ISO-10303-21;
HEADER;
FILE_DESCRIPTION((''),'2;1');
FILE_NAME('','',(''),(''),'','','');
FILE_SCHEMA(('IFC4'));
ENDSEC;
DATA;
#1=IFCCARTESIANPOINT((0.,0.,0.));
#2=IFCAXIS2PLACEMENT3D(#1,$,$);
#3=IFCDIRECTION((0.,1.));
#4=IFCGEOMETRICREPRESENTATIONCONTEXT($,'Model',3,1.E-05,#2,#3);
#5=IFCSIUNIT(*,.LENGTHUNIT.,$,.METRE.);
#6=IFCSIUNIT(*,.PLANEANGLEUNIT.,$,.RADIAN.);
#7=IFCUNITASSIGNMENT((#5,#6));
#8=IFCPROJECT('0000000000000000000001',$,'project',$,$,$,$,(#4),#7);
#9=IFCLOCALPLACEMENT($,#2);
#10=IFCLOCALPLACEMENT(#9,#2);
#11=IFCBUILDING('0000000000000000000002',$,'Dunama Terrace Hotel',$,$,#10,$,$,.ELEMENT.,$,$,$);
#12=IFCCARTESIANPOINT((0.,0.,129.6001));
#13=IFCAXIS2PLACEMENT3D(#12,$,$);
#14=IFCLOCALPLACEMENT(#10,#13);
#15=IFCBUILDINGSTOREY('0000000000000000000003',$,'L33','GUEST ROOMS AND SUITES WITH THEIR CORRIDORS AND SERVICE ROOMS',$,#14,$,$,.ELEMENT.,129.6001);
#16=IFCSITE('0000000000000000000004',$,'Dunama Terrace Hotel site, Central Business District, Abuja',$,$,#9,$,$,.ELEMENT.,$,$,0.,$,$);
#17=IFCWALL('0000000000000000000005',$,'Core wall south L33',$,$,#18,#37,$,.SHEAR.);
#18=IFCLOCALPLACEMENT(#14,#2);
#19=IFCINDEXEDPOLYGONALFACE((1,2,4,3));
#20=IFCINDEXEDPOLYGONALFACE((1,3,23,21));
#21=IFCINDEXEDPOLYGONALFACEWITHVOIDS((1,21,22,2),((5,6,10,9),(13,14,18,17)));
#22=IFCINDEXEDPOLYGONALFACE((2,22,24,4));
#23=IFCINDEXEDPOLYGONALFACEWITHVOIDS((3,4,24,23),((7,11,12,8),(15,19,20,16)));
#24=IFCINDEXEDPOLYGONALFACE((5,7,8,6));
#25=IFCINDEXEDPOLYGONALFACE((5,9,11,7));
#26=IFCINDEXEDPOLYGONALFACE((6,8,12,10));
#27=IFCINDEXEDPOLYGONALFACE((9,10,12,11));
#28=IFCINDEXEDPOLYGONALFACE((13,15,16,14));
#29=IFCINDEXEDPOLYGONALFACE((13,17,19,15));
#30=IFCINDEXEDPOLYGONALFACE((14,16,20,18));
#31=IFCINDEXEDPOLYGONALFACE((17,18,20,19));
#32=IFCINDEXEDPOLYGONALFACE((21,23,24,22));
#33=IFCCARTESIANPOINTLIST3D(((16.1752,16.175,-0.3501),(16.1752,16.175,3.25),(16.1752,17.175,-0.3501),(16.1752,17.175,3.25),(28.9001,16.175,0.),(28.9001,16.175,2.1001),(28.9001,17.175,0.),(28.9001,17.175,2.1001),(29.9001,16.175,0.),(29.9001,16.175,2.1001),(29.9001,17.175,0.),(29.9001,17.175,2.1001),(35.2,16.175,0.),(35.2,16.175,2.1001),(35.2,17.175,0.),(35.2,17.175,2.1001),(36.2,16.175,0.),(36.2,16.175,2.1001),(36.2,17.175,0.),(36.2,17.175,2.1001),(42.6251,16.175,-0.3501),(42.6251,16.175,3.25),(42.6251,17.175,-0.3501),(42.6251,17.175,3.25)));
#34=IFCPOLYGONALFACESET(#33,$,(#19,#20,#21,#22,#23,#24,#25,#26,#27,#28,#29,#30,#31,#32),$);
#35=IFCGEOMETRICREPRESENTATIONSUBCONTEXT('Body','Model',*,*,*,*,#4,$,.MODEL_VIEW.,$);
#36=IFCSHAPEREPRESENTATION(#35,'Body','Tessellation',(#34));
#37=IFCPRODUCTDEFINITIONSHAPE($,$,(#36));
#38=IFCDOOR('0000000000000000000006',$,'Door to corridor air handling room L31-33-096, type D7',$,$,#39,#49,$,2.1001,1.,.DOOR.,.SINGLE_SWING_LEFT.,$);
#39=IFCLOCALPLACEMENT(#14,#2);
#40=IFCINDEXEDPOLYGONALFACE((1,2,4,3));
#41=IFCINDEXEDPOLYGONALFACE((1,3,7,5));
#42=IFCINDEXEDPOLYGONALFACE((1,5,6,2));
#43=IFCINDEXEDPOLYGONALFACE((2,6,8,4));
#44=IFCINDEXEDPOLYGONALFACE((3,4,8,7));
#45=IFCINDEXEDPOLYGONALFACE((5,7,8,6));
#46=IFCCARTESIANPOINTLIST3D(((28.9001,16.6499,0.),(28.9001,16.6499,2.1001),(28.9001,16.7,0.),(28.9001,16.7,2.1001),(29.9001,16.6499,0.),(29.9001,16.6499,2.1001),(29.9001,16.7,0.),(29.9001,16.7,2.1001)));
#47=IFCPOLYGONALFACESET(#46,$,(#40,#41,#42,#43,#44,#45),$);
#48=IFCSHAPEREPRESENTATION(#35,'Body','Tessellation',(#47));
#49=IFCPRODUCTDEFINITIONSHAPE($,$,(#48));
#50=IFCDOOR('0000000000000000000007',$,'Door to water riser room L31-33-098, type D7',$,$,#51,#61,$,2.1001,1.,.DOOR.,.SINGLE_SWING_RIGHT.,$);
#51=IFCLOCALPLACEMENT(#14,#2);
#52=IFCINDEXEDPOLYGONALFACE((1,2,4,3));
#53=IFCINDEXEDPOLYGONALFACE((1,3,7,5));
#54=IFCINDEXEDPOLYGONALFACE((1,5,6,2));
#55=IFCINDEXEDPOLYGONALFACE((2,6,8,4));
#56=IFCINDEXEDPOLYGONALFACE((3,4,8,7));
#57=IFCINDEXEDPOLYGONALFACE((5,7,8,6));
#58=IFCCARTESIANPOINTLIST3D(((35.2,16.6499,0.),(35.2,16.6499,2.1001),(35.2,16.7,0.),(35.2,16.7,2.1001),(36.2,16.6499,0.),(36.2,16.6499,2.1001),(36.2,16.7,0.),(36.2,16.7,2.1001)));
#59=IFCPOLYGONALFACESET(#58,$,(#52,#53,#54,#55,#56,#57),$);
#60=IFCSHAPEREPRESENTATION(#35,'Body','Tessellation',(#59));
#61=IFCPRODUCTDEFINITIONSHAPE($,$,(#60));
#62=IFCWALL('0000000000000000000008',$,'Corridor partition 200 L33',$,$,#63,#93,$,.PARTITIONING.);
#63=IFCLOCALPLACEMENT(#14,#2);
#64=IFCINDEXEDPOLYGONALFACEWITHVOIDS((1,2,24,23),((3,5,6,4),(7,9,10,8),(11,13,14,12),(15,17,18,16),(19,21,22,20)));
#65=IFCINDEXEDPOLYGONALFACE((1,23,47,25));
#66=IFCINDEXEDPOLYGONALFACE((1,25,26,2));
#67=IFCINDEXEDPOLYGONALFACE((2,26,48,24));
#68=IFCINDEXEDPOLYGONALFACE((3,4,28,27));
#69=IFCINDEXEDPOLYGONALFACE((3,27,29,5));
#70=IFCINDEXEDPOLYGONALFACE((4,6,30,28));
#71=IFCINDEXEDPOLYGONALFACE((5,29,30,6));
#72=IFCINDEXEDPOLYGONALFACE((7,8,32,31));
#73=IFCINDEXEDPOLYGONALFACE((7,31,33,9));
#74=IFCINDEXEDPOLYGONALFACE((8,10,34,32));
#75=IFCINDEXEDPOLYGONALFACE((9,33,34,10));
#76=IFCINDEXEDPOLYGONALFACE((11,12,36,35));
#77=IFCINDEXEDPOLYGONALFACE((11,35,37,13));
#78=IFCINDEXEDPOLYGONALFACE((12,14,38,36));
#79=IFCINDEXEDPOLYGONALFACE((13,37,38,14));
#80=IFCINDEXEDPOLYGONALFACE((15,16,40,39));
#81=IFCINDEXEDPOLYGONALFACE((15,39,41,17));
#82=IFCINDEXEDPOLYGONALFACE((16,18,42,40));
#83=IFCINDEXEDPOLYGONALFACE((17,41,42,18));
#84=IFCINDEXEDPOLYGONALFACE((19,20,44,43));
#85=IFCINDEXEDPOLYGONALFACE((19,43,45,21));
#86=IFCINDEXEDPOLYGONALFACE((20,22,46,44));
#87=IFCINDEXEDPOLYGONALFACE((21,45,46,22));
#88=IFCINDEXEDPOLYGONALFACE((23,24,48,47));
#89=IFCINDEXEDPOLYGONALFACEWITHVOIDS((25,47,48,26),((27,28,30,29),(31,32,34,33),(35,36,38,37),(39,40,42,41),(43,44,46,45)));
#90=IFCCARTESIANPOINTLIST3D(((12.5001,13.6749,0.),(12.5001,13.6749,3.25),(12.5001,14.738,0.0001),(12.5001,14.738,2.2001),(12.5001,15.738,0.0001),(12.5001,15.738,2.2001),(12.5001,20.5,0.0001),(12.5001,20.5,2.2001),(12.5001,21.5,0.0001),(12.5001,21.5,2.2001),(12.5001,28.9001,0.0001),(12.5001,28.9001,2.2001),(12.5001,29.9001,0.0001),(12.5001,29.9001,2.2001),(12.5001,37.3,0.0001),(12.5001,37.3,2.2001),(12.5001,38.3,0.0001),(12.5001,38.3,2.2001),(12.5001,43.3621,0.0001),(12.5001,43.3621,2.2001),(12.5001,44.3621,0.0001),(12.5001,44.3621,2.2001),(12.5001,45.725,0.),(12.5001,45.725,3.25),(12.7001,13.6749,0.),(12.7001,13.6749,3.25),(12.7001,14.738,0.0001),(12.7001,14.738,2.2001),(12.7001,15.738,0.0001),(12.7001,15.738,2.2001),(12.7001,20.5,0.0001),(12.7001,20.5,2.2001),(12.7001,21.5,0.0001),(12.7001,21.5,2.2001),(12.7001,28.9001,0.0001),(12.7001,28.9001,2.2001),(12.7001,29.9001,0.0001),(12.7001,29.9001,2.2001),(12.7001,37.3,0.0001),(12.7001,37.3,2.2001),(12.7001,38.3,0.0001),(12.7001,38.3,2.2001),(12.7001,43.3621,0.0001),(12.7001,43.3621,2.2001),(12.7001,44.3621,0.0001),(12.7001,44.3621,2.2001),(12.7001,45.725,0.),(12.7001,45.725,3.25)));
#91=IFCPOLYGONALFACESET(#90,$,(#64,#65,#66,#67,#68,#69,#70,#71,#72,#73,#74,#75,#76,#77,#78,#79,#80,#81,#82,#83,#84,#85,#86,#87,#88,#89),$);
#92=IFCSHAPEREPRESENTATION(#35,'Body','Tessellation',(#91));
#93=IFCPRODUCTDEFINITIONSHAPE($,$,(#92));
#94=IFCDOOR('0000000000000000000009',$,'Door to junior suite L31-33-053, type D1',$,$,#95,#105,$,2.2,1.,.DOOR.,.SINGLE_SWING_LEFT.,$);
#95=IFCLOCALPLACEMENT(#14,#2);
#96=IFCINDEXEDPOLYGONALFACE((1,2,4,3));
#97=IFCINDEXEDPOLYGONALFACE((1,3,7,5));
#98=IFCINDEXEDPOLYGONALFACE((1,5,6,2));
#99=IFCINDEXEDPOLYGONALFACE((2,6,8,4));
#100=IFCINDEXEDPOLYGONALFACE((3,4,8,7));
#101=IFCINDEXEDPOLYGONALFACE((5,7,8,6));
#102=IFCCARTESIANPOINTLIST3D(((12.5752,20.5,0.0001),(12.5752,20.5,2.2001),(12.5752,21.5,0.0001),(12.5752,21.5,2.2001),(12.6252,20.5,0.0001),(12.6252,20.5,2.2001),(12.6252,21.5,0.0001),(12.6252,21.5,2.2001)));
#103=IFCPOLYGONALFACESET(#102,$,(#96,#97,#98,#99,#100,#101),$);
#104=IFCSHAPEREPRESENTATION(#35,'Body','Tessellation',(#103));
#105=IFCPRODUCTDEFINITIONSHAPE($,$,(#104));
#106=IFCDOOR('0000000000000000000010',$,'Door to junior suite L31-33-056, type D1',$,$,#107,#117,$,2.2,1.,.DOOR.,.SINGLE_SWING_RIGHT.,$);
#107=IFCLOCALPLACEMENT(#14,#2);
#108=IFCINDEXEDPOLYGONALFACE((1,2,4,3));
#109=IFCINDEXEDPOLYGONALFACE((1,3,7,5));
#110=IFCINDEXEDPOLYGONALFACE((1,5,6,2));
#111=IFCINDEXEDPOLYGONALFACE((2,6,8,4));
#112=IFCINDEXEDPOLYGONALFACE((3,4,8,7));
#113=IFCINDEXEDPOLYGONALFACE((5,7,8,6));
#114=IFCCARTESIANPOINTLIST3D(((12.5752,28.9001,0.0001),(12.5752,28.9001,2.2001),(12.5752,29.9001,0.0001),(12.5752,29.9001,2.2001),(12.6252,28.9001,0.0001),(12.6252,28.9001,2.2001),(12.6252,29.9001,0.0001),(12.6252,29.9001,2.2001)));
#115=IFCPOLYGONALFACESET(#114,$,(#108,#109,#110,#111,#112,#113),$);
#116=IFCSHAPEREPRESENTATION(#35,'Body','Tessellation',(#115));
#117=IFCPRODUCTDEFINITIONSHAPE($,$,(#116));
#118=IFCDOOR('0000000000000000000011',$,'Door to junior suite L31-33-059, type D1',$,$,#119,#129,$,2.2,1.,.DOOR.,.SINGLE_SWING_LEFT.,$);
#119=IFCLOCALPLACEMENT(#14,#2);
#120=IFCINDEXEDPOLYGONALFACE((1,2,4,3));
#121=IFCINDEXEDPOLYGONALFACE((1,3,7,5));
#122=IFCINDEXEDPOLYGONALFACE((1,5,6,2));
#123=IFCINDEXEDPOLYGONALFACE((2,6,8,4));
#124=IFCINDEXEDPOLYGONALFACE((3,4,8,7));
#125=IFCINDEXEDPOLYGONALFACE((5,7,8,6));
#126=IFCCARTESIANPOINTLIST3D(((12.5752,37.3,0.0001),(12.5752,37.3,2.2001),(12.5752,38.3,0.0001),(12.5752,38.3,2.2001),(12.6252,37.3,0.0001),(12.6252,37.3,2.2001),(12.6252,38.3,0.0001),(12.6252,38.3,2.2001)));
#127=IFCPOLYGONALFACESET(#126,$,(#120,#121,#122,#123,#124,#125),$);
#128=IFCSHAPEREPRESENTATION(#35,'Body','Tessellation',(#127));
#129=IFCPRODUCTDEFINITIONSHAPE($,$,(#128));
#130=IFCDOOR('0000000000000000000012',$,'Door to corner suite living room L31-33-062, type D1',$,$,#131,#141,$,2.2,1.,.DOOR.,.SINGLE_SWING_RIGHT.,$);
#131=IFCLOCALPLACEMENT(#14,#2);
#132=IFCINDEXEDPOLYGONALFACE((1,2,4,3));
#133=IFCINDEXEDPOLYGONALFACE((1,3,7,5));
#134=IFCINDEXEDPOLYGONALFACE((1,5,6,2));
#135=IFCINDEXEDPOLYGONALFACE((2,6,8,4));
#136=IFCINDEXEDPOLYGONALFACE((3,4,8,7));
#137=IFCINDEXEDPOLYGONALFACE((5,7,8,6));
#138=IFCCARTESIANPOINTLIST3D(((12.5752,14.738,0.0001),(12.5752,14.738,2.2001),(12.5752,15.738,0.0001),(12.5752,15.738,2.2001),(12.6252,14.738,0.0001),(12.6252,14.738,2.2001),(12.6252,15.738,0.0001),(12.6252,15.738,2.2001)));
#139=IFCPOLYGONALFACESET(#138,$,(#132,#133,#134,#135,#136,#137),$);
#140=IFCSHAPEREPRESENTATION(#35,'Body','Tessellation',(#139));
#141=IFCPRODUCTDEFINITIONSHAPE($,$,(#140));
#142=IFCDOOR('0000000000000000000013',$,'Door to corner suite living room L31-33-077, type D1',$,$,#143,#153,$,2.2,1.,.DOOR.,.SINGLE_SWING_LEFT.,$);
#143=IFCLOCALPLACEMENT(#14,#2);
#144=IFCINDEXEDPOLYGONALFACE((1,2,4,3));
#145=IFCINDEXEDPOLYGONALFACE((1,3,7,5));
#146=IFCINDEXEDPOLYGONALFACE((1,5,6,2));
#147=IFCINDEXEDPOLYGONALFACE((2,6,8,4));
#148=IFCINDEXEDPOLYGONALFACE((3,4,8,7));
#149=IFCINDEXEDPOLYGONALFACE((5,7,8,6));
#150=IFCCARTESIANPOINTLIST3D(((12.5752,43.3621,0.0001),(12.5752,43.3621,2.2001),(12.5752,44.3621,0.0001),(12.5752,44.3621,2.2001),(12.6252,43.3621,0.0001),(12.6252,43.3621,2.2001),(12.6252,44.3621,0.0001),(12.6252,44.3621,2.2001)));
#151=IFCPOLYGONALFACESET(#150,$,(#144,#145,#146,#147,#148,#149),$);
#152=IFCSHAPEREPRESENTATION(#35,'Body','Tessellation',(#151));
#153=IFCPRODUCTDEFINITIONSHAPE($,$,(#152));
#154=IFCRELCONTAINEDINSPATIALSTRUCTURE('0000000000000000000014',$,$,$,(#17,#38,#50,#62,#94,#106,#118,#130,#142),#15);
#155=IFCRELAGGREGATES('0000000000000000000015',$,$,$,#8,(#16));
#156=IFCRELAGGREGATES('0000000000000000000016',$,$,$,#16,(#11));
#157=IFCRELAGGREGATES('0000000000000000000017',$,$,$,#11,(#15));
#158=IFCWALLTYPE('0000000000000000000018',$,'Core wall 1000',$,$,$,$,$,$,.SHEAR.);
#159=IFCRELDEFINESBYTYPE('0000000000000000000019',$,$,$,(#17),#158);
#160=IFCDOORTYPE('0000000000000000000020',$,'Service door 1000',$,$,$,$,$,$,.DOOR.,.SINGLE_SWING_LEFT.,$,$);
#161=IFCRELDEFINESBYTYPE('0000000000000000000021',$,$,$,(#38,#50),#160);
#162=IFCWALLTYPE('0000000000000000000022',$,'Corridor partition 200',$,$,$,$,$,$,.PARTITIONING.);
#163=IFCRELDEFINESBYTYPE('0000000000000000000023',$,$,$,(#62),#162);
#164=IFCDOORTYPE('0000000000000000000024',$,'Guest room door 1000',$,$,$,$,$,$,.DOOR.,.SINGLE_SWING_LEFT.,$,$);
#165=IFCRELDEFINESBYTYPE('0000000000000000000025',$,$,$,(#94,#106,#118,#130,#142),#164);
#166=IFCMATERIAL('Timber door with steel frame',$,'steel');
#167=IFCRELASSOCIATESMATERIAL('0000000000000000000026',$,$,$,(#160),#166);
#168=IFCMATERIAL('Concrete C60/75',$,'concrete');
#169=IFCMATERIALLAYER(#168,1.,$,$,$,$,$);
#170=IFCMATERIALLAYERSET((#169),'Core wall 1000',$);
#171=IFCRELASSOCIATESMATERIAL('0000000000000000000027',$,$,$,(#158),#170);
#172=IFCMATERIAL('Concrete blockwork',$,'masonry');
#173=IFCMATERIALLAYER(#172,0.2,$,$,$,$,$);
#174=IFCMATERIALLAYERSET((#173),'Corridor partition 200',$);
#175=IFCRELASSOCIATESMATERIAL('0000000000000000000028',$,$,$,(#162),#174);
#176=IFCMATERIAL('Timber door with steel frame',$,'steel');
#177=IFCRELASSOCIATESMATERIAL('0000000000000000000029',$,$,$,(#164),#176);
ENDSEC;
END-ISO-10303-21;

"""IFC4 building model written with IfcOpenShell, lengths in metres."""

from ifc_helpers import new_model, si_unit, direction, frame, frame_2d, origin, place, context, subcontext, project, spatial, rectangle, extrude, material, layer, layer_set, type_object, element, fill, save


model = new_model("IFC4")

# Units and contexts
model_context = context("Model", 3, precision=1e-05, world=origin(), true_north=direction((0.0, 1.0)))
body_context = subcontext(model_context, "Body", "Model", "MODEL_VIEW")
ifc_project = project(units=[si_unit("LENGTHUNIT", "METRE"), si_unit("PLANEANGLEUNIT", "RADIAN")], contexts=[model_context])

# Site, building, storey
site_placement = place(None, origin())
site = spatial("IfcSite", under=ifc_project, at=site_placement, Name="Dunama Terrace Hotel site, Central Business District, Abuja", CompositionType="ELEMENT", RefElevation=0.0)
building_placement = place(site_placement, origin())
building = spatial("IfcBuilding", under=site, at=building_placement, Name="Dunama Terrace Hotel", CompositionType="ELEMENT")
storey_placement = place(building_placement, frame((0.0, 0.0, 129.6001)))
storey = spatial("IfcBuildingStorey", under=building, at=storey_placement, Name="L33", Description="GUEST ROOMS AND SUITES WITH THEIR CORRIDORS AND SERVICE ROOMS", CompositionType="ELEMENT", Elevation=129.6001)

# Shared definitions
ifc_material_1 = material(Name="Timber door with steel frame", Category="steel")
door_type_1 = type_object("IfcDoorType", Name="Service door 1000", OperationType="SINGLE_SWING_LEFT", PredefinedType="DOOR", material=ifc_material_1)

# Walls, openings, doors
ifc_material_2 = material(Name="Concrete C60/75", Category="concrete")
ifc_layer_1 = layer(ifc_material_2, 1.0)
ifc_layer_set_1 = layer_set([ifc_layer_1], Name="Core wall 1000")
wall_type_1 = type_object("IfcWallType", Name="Core wall 1000", PredefinedType="SHEAR", material=ifc_layer_set_1)
wall_1_placement = place(storey_placement, frame((16.175, 16.675, -0.3501), z_axis=(0.0, 0.0, 1.0), x_axis=(1.0, 0.0, 0.0)))
wall_1 = element("IfcWall", 1, at=wall_1_placement, inside=storey, type_object=wall_type_1, Name="Core wall south L33", PredefinedType="SHEAR", context=body_context, shape_type="SweptSolid", body=[
    extrude(rectangle(XDim=26.45, YDim=1.0, at=frame_2d((13.2251, 0.0))), origin(), (0.0, 0.0, 1.0), 3.6001),
])
opening_1_placement = place(wall_1_placement, frame((12.7251, 0.0, 0.3501)))
opening_1 = element("IfcOpeningElement", 2, at=opening_1_placement, cuts=wall_1, PredefinedType="OPENING", context=body_context, shape_type="SweptSolid", body=[
    extrude(rectangle(XDim=1.0, YDim=2.1001, at=frame_2d((0.5, 1.05))), frame((0.0, 0.51, 0.0), z_axis=(0.0, -1.0, 0.0), x_axis=(1.0, 0.0, 0.0)), (0.0, 0.0, 1.0), 1.02),
])
opening_2_placement = place(wall_1_placement, frame((19.0249, 0.0, 0.3501)))
opening_2 = element("IfcOpeningElement", 3, at=opening_2_placement, cuts=wall_1, PredefinedType="OPENING", context=body_context, shape_type="SweptSolid", body=[
    extrude(rectangle(XDim=1.0, YDim=2.1001, at=frame_2d((0.5, 1.05))), frame((0.0, 0.51, 0.0), z_axis=(0.0, -1.0, 0.0), x_axis=(1.0, 0.0, 0.0)), (0.0, 0.0, 1.0), 1.02),
])
door_1_placement = place(opening_1_placement, origin())
door_1 = element("IfcDoor", 4, at=door_1_placement, inside=storey, type_object=door_type_1, Name="Door to corridor air handling room L31-33-096, type D7", OperationType="SINGLE_SWING_LEFT", OverallHeight=2.1001, OverallWidth=1.0, PredefinedType="DOOR", context=body_context, shape_type="SweptSolid", body=[
    extrude(rectangle(XDim=1.0, YDim=2.1001, at=frame_2d((0.5, 1.05))), frame((0.0, 0.0249, 0.0), z_axis=(0.0, -1.0, 0.0), x_axis=(1.0, 0.0, 0.0)), (0.0, 0.0, 1.0), 0.05),
])
fill(opening_1, door_1)
door_2_placement = place(opening_2_placement, origin())
door_2 = element("IfcDoor", 5, at=door_2_placement, inside=storey, type_object=door_type_1, Name="Door to water riser room L31-33-098, type D7", OperationType="SINGLE_SWING_RIGHT", OverallHeight=2.1001, OverallWidth=1.0, PredefinedType="DOOR", context=body_context, shape_type="SweptSolid", body=[
    extrude(rectangle(XDim=1.0, YDim=2.1001, at=frame_2d((0.5, 1.05))), frame((0.0, 0.0249, 0.0), z_axis=(0.0, -1.0, 0.0), x_axis=(1.0, 0.0, 0.0)), (0.0, 0.0, 1.0), 0.05),
])
fill(opening_2, door_2)
ifc_material_3 = material(Name="Concrete blockwork", Category="masonry")
ifc_layer_2 = layer(ifc_material_3, 0.2)
ifc_layer_set_2 = layer_set([ifc_layer_2], Name="Corridor partition 200")
wall_type_2 = type_object("IfcWallType", Name="Corridor partition 200", PredefinedType="PARTITIONING", material=ifc_layer_set_2)
wall_2_placement = place(storey_placement, frame((12.6001, 13.675, 0.0), z_axis=(0.0, 0.0, 1.0), x_axis=(0.0, 1.0, 0.0)))
wall_2 = element("IfcWall", 6, at=wall_2_placement, inside=storey, type_object=wall_type_2, Name="Corridor partition 200 L33", PredefinedType="PARTITIONING", context=body_context, shape_type="SweptSolid", body=[
    extrude(rectangle(XDim=32.05, YDim=0.2, at=frame_2d((16.0249, 0.0))), origin(), (0.0, 0.0, 1.0), 3.25),
])
opening_3_placement = place(wall_2_placement, frame((6.825, 0.0, 0.0)))
opening_3 = element("IfcOpeningElement", 7, at=opening_3_placement, cuts=wall_2, PredefinedType="OPENING", context=body_context, shape_type="SweptSolid", body=[
    extrude(rectangle(XDim=1.0, YDim=2.2, at=frame_2d((0.5, 1.1001))), frame((0.0, 0.1099, 0.0), z_axis=(0.0, -1.0, 0.0), x_axis=(1.0, 0.0, 0.0)), (0.0, 0.0, 1.0), 0.22),
])
opening_4_placement = place(wall_2_placement, frame((15.2251, 0.0, 0.0)))
opening_4 = element("IfcOpeningElement", 8, at=opening_4_placement, cuts=wall_2, PredefinedType="OPENING", context=body_context, shape_type="SweptSolid", body=[
    extrude(rectangle(XDim=1.0, YDim=2.2, at=frame_2d((0.5, 1.1001))), frame((0.0, 0.1099, 0.0), z_axis=(0.0, -1.0, 0.0), x_axis=(1.0, 0.0, 0.0)), (0.0, 0.0, 1.0), 0.22),
])
opening_5_placement = place(wall_2_placement, frame((23.625, 0.0, 0.0)))
opening_5 = element("IfcOpeningElement", 9, at=opening_5_placement, cuts=wall_2, PredefinedType="OPENING", context=body_context, shape_type="SweptSolid", body=[
    extrude(rectangle(XDim=1.0, YDim=2.2, at=frame_2d((0.5, 1.1001))), frame((0.0, 0.1099, 0.0), z_axis=(0.0, -1.0, 0.0), x_axis=(1.0, 0.0, 0.0)), (0.0, 0.0, 1.0), 0.22),
])
opening_6_placement = place(wall_2_placement, frame((1.063, 0.0, 0.0)))
opening_6 = element("IfcOpeningElement", 10, at=opening_6_placement, cuts=wall_2, PredefinedType="OPENING", context=body_context, shape_type="SweptSolid", body=[
    extrude(rectangle(XDim=1.0, YDim=2.2, at=frame_2d((0.5, 1.1001))), frame((0.0, 0.1099, 0.0), z_axis=(0.0, -1.0, 0.0), x_axis=(1.0, 0.0, 0.0)), (0.0, 0.0, 1.0), 0.22),
])
opening_7_placement = place(wall_2_placement, frame((29.687, 0.0, 0.0)))
opening_7 = element("IfcOpeningElement", 11, at=opening_7_placement, cuts=wall_2, PredefinedType="OPENING", context=body_context, shape_type="SweptSolid", body=[
    extrude(rectangle(XDim=1.0, YDim=2.2, at=frame_2d((0.5, 1.1001))), frame((0.0, 0.1099, 0.0), z_axis=(0.0, -1.0, 0.0), x_axis=(1.0, 0.0, 0.0)), (0.0, 0.0, 1.0), 0.22),
])
ifc_material_4 = material(Name="Timber door with steel frame", Category="steel")
door_type_2 = type_object("IfcDoorType", Name="Guest room door 1000", OperationType="SINGLE_SWING_LEFT", PredefinedType="DOOR", material=ifc_material_4)
door_3_placement = place(opening_3_placement, origin())
door_3 = element("IfcDoor", 12, at=door_3_placement, inside=storey, type_object=door_type_2, Name="Door to junior suite L31-33-053, type D1", OperationType="SINGLE_SWING_LEFT", OverallHeight=2.2, OverallWidth=1.0, PredefinedType="DOOR", context=body_context, shape_type="SweptSolid", body=[
    extrude(rectangle(XDim=1.0, YDim=2.2, at=frame_2d((0.5, 1.1001))), frame((0.0, 0.0249, 0.0), z_axis=(0.0, -1.0, 0.0), x_axis=(1.0, 0.0, 0.0)), (0.0, 0.0, 1.0), 0.05),
])
fill(opening_3, door_3)
door_4_placement = place(opening_4_placement, origin())
door_4 = element("IfcDoor", 13, at=door_4_placement, inside=storey, type_object=door_type_2, Name="Door to junior suite L31-33-056, type D1", OperationType="SINGLE_SWING_RIGHT", OverallHeight=2.2, OverallWidth=1.0, PredefinedType="DOOR", context=body_context, shape_type="SweptSolid", body=[
    extrude(rectangle(XDim=1.0, YDim=2.2, at=frame_2d((0.5, 1.1001))), frame((0.0, 0.0249, 0.0), z_axis=(0.0, -1.0, 0.0), x_axis=(1.0, 0.0, 0.0)), (0.0, 0.0, 1.0), 0.05),
])
fill(opening_4, door_4)
door_5_placement = place(opening_5_placement, origin())
door_5 = element("IfcDoor", 14, at=door_5_placement, inside=storey, type_object=door_type_2, Name="Door to junior suite L31-33-059, type D1", OperationType="SINGLE_SWING_LEFT", OverallHeight=2.2, OverallWidth=1.0, PredefinedType="DOOR", context=body_context, shape_type="SweptSolid", body=[
    extrude(rectangle(XDim=1.0, YDim=2.2, at=frame_2d((0.5, 1.1001))), frame((0.0, 0.0249, 0.0), z_axis=(0.0, -1.0, 0.0), x_axis=(1.0, 0.0, 0.0)), (0.0, 0.0, 1.0), 0.05),
])
fill(opening_5, door_5)
door_6_placement = place(opening_6_placement, origin())
door_6 = element("IfcDoor", 15, at=door_6_placement, inside=storey, type_object=door_type_2, Name="Door to corner suite living room L31-33-062, type D1", OperationType="SINGLE_SWING_RIGHT", OverallHeight=2.2, OverallWidth=1.0, PredefinedType="DOOR", context=body_context, shape_type="SweptSolid", body=[
    extrude(rectangle(XDim=1.0, YDim=2.2, at=frame_2d((0.5, 1.1001))), frame((0.0, 0.0249, 0.0), z_axis=(0.0, -1.0, 0.0), x_axis=(1.0, 0.0, 0.0)), (0.0, 0.0, 1.0), 0.05),
])
fill(opening_6, door_6)
door_7_placement = place(opening_7_placement, origin())
door_7 = element("IfcDoor", 16, at=door_7_placement, inside=storey, type_object=door_type_2, Name="Door to corner suite living room L31-33-077, type D1", OperationType="SINGLE_SWING_LEFT", OverallHeight=2.2, OverallWidth=1.0, PredefinedType="DOOR", context=body_context, shape_type="SweptSolid", body=[
    extrude(rectangle(XDim=1.0, YDim=2.2, at=frame_2d((0.5, 1.1001))), frame((0.0, 0.0249, 0.0), z_axis=(0.0, -1.0, 0.0), x_axis=(1.0, 0.0, 0.0)), (0.0, 0.0, 1.0), 0.05),
])
fill(opening_7, door_7)

save(model, "model.ifc")
